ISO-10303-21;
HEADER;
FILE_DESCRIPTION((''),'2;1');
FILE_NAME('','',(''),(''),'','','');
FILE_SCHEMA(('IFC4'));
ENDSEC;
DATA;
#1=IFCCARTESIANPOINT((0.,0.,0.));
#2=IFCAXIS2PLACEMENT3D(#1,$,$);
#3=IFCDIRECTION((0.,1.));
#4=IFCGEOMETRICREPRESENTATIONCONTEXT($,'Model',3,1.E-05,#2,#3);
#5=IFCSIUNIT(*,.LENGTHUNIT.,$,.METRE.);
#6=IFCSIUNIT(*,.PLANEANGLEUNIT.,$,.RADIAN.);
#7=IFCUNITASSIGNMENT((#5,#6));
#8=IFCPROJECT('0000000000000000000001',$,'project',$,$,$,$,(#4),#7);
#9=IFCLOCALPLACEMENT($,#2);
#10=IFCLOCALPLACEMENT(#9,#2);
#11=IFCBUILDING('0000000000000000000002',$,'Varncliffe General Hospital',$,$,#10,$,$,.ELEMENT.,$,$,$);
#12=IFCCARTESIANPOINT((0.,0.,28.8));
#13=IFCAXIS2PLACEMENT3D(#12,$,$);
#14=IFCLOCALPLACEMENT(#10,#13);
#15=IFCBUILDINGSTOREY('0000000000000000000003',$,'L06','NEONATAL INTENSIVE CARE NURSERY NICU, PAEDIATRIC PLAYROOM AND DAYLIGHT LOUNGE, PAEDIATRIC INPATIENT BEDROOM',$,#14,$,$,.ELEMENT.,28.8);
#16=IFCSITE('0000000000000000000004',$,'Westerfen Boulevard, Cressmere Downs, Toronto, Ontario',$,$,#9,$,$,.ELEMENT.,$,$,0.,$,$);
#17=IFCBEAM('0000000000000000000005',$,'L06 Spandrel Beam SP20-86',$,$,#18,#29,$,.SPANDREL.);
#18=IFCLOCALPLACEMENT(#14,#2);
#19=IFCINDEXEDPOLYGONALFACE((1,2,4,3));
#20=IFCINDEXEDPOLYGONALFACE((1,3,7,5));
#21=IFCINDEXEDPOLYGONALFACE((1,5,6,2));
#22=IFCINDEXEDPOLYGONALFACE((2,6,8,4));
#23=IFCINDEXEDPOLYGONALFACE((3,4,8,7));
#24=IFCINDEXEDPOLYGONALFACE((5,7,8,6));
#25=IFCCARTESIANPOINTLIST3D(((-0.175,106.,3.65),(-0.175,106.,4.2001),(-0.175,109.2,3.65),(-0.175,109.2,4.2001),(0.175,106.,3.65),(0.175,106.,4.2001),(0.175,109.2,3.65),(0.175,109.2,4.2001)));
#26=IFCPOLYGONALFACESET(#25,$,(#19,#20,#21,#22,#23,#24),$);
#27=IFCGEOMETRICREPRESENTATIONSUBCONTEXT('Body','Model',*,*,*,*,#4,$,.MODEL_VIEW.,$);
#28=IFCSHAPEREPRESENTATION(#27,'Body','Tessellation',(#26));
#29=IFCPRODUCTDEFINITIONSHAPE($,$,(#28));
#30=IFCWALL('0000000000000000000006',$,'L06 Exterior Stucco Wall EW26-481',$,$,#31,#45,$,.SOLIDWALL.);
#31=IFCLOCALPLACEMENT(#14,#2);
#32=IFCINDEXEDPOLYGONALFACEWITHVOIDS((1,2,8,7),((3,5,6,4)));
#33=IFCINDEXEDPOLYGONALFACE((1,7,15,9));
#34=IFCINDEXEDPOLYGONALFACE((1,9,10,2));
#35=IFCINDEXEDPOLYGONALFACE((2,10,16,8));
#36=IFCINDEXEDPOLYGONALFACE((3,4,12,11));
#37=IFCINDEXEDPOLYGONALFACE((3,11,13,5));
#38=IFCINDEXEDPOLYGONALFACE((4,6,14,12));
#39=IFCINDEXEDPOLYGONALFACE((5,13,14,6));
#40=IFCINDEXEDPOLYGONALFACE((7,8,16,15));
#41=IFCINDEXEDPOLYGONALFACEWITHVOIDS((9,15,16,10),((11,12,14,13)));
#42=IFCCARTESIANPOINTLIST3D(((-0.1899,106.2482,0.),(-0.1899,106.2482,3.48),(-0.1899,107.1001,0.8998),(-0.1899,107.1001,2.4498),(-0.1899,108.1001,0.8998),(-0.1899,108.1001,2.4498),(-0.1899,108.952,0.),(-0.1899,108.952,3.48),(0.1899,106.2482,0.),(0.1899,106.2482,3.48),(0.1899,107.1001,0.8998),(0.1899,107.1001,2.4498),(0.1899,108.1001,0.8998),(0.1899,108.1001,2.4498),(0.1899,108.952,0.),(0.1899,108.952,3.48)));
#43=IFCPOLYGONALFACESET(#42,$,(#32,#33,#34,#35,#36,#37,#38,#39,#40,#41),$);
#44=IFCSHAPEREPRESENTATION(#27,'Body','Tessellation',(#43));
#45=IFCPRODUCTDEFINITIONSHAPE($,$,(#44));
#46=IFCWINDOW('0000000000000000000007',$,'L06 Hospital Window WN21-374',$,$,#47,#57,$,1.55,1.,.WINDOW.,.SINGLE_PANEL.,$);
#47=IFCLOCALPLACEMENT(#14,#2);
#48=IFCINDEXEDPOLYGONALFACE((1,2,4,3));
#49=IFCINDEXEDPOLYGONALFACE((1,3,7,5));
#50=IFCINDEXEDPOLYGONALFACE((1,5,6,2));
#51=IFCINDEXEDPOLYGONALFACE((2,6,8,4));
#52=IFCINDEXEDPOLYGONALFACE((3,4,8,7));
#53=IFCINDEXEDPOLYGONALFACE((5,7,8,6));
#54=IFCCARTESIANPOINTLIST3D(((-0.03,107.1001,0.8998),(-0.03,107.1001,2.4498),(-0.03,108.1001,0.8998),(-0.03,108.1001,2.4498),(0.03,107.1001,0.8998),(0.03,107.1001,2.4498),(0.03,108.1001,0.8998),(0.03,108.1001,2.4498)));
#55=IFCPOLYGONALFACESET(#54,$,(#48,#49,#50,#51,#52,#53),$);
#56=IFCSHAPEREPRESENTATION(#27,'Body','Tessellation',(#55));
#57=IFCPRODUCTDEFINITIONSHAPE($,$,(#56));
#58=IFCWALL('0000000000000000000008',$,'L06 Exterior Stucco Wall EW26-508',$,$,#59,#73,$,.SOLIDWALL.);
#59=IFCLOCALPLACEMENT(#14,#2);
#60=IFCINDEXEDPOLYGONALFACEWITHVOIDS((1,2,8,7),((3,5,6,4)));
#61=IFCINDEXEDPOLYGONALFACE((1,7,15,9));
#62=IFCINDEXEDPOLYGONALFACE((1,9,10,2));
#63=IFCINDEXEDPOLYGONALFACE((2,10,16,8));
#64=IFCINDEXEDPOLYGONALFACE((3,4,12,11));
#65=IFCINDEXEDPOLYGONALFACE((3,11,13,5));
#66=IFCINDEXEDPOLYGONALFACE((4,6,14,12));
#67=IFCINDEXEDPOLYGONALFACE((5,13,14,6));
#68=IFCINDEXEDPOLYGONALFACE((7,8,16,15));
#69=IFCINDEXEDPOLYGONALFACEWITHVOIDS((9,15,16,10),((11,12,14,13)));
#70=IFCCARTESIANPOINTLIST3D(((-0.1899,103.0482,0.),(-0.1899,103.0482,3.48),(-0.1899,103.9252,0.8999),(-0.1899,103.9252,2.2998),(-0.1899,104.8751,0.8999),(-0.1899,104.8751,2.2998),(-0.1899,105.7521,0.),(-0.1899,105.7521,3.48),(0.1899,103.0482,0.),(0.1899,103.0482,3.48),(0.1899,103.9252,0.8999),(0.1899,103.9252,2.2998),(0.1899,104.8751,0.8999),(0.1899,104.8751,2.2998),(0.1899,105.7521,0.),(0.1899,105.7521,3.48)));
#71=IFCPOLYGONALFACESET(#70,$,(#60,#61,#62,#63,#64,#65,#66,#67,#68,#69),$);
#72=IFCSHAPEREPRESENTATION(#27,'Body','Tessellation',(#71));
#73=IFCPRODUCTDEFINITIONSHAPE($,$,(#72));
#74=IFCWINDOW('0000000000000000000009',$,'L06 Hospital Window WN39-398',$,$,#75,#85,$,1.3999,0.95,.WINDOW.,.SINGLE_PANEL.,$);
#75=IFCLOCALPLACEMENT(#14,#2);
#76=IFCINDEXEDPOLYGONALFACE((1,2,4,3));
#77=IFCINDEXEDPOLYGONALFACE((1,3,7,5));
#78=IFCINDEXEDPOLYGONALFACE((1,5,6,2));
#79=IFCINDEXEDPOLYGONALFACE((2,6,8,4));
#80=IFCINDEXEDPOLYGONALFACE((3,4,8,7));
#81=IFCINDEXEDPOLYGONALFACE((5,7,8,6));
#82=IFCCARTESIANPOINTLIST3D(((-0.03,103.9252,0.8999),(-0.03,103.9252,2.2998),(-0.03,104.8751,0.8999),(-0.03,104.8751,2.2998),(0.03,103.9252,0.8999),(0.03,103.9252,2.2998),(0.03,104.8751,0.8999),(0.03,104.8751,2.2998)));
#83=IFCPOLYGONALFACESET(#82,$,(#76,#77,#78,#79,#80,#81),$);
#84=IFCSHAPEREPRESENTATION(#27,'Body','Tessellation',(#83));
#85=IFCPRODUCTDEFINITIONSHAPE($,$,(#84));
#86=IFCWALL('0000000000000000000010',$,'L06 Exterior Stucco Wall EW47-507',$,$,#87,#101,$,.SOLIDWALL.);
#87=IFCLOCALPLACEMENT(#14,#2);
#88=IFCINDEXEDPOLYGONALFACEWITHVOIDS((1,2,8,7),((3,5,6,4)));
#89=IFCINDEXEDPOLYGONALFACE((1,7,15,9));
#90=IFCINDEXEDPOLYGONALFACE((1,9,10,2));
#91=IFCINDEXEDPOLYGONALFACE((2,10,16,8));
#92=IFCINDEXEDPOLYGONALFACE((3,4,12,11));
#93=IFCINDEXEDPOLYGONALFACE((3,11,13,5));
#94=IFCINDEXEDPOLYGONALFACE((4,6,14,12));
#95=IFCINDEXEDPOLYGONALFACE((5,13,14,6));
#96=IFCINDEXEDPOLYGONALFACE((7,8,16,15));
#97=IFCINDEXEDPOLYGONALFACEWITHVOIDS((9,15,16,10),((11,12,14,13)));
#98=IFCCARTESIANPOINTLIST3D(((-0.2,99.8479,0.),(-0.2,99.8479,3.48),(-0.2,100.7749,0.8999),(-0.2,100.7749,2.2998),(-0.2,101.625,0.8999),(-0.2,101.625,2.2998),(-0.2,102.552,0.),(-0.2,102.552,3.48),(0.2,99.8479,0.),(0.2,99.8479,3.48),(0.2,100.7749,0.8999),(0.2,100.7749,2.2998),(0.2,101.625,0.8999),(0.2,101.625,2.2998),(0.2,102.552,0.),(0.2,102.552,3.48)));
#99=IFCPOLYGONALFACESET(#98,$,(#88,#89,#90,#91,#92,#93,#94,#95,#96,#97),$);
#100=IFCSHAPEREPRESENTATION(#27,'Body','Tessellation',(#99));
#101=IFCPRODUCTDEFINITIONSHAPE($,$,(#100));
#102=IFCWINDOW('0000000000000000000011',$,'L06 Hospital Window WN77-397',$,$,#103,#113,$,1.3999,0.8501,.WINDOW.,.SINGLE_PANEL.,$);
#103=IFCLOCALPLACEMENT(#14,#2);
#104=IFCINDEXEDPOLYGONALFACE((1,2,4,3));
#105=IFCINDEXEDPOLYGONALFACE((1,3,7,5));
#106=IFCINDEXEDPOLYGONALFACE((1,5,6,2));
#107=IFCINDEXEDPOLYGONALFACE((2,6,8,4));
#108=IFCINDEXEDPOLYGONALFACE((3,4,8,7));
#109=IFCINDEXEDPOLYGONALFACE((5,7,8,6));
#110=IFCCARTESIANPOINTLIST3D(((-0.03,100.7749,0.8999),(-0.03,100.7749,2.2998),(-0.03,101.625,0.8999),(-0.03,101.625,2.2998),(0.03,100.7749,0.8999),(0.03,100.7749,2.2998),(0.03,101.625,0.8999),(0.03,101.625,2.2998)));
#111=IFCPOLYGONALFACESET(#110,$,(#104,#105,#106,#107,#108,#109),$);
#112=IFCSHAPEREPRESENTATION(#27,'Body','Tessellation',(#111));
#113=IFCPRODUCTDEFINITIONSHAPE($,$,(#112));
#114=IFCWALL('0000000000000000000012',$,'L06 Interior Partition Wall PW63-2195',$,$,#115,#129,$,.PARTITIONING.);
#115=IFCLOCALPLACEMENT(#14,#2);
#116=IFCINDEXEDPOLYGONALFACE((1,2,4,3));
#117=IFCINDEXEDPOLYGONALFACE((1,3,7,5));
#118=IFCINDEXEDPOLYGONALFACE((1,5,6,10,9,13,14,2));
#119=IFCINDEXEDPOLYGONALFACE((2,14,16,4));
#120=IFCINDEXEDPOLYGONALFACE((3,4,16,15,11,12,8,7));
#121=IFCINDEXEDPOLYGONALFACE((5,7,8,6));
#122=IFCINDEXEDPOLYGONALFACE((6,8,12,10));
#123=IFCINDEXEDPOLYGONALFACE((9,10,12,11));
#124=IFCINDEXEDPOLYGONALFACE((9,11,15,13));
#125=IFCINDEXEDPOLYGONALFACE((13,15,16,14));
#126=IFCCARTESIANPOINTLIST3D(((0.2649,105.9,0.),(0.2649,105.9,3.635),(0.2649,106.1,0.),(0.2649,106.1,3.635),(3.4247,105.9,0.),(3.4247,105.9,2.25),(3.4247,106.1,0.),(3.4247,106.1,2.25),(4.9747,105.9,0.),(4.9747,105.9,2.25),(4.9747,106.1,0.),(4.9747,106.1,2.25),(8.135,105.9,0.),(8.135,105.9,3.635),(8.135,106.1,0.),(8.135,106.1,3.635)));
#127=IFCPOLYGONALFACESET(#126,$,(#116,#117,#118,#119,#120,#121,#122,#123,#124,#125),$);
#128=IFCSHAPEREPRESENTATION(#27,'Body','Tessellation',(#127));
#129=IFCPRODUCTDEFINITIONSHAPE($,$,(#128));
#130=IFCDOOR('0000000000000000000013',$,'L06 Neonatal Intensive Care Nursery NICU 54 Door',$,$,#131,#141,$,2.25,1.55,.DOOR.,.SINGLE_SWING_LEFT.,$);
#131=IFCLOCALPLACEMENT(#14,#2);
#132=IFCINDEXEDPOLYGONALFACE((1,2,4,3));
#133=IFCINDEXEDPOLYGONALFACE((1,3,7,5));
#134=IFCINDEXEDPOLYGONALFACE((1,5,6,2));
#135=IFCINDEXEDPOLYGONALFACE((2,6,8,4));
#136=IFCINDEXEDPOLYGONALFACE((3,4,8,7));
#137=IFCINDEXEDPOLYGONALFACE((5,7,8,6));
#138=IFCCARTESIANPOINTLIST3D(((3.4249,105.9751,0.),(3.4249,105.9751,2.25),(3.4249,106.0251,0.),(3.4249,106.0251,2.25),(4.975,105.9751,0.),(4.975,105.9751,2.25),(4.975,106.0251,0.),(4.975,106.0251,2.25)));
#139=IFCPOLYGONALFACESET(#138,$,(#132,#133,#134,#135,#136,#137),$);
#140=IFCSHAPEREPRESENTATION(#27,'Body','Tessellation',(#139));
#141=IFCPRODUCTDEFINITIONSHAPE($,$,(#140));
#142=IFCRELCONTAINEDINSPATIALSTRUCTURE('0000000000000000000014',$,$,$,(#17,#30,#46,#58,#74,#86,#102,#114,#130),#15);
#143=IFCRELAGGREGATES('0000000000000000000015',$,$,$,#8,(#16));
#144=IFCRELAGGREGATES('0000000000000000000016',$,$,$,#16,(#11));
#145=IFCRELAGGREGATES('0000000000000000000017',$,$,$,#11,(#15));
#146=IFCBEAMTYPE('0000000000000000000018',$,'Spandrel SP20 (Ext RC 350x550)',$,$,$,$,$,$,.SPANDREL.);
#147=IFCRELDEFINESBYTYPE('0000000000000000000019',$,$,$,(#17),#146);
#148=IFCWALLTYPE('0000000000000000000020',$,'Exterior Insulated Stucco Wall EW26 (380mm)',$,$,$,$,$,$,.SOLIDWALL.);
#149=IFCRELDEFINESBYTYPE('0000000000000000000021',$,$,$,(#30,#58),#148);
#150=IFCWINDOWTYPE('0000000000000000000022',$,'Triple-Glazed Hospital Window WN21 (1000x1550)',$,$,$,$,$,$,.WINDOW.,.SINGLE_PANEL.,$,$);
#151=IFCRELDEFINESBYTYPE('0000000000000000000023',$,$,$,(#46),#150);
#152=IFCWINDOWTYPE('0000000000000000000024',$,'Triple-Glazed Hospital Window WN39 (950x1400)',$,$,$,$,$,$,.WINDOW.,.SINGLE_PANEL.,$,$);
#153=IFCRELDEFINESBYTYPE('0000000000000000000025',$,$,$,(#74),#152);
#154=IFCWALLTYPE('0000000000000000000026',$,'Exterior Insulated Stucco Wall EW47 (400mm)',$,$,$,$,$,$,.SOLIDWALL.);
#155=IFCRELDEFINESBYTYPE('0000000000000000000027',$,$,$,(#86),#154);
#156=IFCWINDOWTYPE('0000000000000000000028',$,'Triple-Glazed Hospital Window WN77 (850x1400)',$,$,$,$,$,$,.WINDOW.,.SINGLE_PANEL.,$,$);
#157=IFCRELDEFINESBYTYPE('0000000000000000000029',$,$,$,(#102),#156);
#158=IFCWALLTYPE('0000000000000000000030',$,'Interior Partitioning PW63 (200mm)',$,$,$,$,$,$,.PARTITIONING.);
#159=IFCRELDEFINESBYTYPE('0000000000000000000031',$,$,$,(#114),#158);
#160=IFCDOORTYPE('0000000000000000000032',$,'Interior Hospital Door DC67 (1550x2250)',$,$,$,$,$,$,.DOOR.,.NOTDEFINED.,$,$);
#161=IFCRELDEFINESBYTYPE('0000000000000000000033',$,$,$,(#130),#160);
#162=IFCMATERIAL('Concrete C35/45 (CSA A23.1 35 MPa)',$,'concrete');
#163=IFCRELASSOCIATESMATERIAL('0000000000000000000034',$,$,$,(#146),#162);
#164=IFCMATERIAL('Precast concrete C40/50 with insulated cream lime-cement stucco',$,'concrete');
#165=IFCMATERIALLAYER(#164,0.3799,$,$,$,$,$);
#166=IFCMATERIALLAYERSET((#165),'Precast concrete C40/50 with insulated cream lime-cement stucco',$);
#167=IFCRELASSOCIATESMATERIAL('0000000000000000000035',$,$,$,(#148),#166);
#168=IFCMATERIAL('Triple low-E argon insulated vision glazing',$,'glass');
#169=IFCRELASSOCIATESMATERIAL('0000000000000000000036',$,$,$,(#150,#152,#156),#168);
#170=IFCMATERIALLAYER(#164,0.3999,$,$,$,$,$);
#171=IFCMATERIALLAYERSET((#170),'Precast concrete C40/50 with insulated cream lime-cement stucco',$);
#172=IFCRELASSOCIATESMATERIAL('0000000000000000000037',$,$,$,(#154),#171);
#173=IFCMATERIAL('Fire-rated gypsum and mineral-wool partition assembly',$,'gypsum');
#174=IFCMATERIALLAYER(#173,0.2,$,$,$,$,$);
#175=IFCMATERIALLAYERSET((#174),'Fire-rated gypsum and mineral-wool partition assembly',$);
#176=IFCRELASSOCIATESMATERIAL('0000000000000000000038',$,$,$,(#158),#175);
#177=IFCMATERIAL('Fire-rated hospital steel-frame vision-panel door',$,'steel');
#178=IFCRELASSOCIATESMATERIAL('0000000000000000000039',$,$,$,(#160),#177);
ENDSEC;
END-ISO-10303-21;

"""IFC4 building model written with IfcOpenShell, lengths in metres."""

from ifc_helpers import new_model, si_unit, direction, frame, frame_2d, origin, origin_2d, place, context, subcontext, project, spatial, rectangle, extrude, material, layer, layer_set, material_profile, profile_set, type_object, element, fill, save


model = new_model("IFC4")

# Units and contexts
model_context = context("Model", 3, precision=1e-05, world=origin(), true_north=direction((0.0, 1.0)))
body_context = subcontext(model_context, "Body", "Model", "MODEL_VIEW")
ifc_project = project(units=[si_unit("LENGTHUNIT", "METRE"), si_unit("PLANEANGLEUNIT", "RADIAN")], contexts=[model_context])

# Site, building, storey
site_placement = place(None, origin())
site = spatial("IfcSite", under=ifc_project, at=site_placement, Name="Westerfen Boulevard, Cressmere Downs, Toronto, Ontario", CompositionType="ELEMENT", RefElevation=0.0)
building_placement = place(site_placement, origin())
building = spatial("IfcBuilding", under=site, at=building_placement, Name="Varncliffe General Hospital", CompositionType="ELEMENT")
storey_placement = place(building_placement, frame((0.0, 0.0, 28.8)))
storey = spatial("IfcBuildingStorey", under=building, at=storey_placement, Name="L06", Description="NEONATAL INTENSIVE CARE NURSERY NICU, PAEDIATRIC PLAYROOM AND DAYLIGHT LOUNGE, PAEDIATRIC INPATIENT BEDROOM", CompositionType="ELEMENT", Elevation=28.8)

# Beam
ifc_material_1 = material(Name="Concrete C35/45 (CSA A23.1 35 MPa)", Category="concrete")
ifc_material_profile_1 = material_profile(ifc_material_1, rectangle(XDim=0.3501, YDim=0.55, at=origin_2d()), Name="RC 350x550")
ifc_profile_set_1 = profile_set([ifc_material_profile_1], Name="Concrete C35/45 (CSA A23.1 35 MPa)")
beam_type_1 = type_object("IfcBeamType", Name="Spandrel SP20 (Ext RC 350x550)", PredefinedType="SPANDREL", material=ifc_profile_set_1)
for number, where, z_axis, x_axis, name in (
    (1, (0.0, 106.0, 3.925), (0.0, 1.0, 0.0), (-1.0, 0.0, 0.0), "L06 Spandrel Beam SP20-86"),
):
    element("IfcBeam", number, at=place(storey_placement, frame(where, z_axis=z_axis, x_axis=x_axis)), inside=storey, type_object=beam_type_1, Name=name, PredefinedType="SPANDREL", context=body_context, shape_type="SweptSolid", body=[
        extrude(rectangle(XDim=0.3501, YDim=0.55, at=origin_2d()), origin(), (0.0, 0.0, 1.0), 3.2),
    ])

# Walls, openings, windows
ifc_material_2 = material(Name="Precast concrete C40/50 with insulated cream lime-cement stucco", Category="concrete")
ifc_layer_1 = layer(ifc_material_2, 0.3799)
ifc_layer_set_1 = layer_set([ifc_layer_1], Name="Precast concrete C40/50 with insulated cream lime-cement stucco")
wall_type_1 = type_object("IfcWallType", Name="Exterior Insulated Stucco Wall EW26 (380mm)", PredefinedType="SOLIDWALL", material=ifc_layer_set_1)
wall_1_placement = place(storey_placement, frame((0.0, 106.248, 0.0), z_axis=(0.0, 0.0, 1.0), x_axis=(0.0, 1.0, 0.0)))
wall_1 = element("IfcWall", 2, at=wall_1_placement, inside=storey, type_object=wall_type_1, Name="L06 Exterior Stucco Wall EW26-481", PredefinedType="SOLIDWALL", context=body_context, shape_type="SweptSolid", body=[
    extrude(rectangle(XDim=2.7039, YDim=0.3799, at=frame_2d((1.3521, 0.0))), origin(), (0.0, 0.0, 1.0), 3.48),
])
opening_1_placement = place(wall_1_placement, frame((0.8521, 0.0, 0.8999)))
opening_1 = element("IfcOpeningElement", 3, at=opening_1_placement, cuts=wall_1, PredefinedType="OPENING", context=body_context, shape_type="SweptSolid", body=[
    extrude(rectangle(XDim=1.0, YDim=1.55, at=frame_2d((0.5, 0.7749))), frame((0.0, 0.2, 0.0), z_axis=(0.0, -1.0, 0.0), x_axis=(1.0, 0.0, 0.0)), (0.0, 0.0, 1.0), 0.3999),
])
ifc_material_3 = material(Name="Triple low-E argon insulated vision glazing", Category="glass")
window_type_1 = type_object("IfcWindowType", Name="Triple-Glazed Hospital Window WN21 (1000x1550)", PartitioningType="SINGLE_PANEL", PredefinedType="WINDOW", material=ifc_material_3)
window_1_placement = place(opening_1_placement, origin())
window_1 = element("IfcWindow", 4, at=window_1_placement, inside=storey, type_object=window_type_1, Name="L06 Hospital Window WN21-374", OverallHeight=1.55, OverallWidth=1.0, PartitioningType="SINGLE_PANEL", PredefinedType="WINDOW", context=body_context, shape_type="SweptSolid", body=[
    extrude(rectangle(XDim=1.0, YDim=1.55, at=frame_2d((0.5, 0.7749))), frame((0.0, 0.03, 0.0), z_axis=(0.0, -1.0, 0.0), x_axis=(1.0, 0.0, 0.0)), (0.0, 0.0, 1.0), 0.0601),
])
fill(opening_1, window_1)
wall_2_placement = place(storey_placement, frame((0.0, 103.0481, 0.0), z_axis=(0.0, 0.0, 1.0), x_axis=(0.0, 1.0, 0.0)))
wall_2 = element("IfcWall", 5, at=wall_2_placement, inside=storey, type_object=wall_type_1, Name="L06 Exterior Stucco Wall EW26-508", PredefinedType="SOLIDWALL", context=body_context, shape_type="SweptSolid", body=[
    extrude(rectangle(XDim=2.7039, YDim=0.3799, at=frame_2d((1.3521, 0.0))), origin(), (0.0, 0.0, 1.0), 3.48),
])
opening_2_placement = place(wall_2_placement, frame((0.877, 0.0, 0.8999)))
opening_2 = element("IfcOpeningElement", 6, at=opening_2_placement, cuts=wall_2, PredefinedType="OPENING", context=body_context, shape_type="SweptSolid", body=[
    extrude(rectangle(XDim=0.95, YDim=1.3999, at=frame_2d((0.4751, 0.7))), frame((0.0, 0.2, 0.0), z_axis=(0.0, -1.0, 0.0), x_axis=(1.0, 0.0, 0.0)), (0.0, 0.0, 1.0), 0.3999),
])
window_type_2 = type_object("IfcWindowType", Name="Triple-Glazed Hospital Window WN39 (950x1400)", PartitioningType="SINGLE_PANEL", PredefinedType="WINDOW", material=ifc_material_3)
window_2_placement = place(opening_2_placement, origin())
window_2 = element("IfcWindow", 7, at=window_2_placement, inside=storey, type_object=window_type_2, Name="L06 Hospital Window WN39-398", OverallHeight=1.3999, OverallWidth=0.95, PartitioningType="SINGLE_PANEL", PredefinedType="WINDOW", context=body_context, shape_type="SweptSolid", body=[
    extrude(rectangle(XDim=0.95, YDim=1.3999, at=frame_2d((0.4751, 0.7))), frame((0.0, 0.03, 0.0), z_axis=(0.0, -1.0, 0.0), x_axis=(1.0, 0.0, 0.0)), (0.0, 0.0, 1.0), 0.0601),
])
fill(opening_2, window_2)
ifc_layer_2 = layer(ifc_material_2, 0.3999)
ifc_layer_set_2 = layer_set([ifc_layer_2], Name="Precast concrete C40/50 with insulated cream lime-cement stucco")
wall_type_2 = type_object("IfcWallType", Name="Exterior Insulated Stucco Wall EW47 (400mm)", PredefinedType="SOLIDWALL", material=ifc_layer_set_2)
wall_3_placement = place(storey_placement, frame((0.0, 99.8479, 0.0), z_axis=(0.0, 0.0, 1.0), x_axis=(0.0, 1.0, 0.0)))
wall_3 = element("IfcWall", 8, at=wall_3_placement, inside=storey, type_object=wall_type_2, Name="L06 Exterior Stucco Wall EW47-507", PredefinedType="SOLIDWALL", context=body_context, shape_type="SweptSolid", body=[
    extrude(rectangle(XDim=2.7041, YDim=0.3999, at=frame_2d((1.3521, 0.0))), origin(), (0.0, 0.0, 1.0), 3.48),
])
opening_3_placement = place(wall_3_placement, frame((0.927, 0.0, 0.8999)))
opening_3 = element("IfcOpeningElement", 9, at=opening_3_placement, cuts=wall_3, PredefinedType="OPENING", context=body_context, shape_type="SweptSolid", body=[
    extrude(rectangle(XDim=0.8501, YDim=1.3999, at=frame_2d((0.425, 0.7))), frame((0.0, 0.21, 0.0), z_axis=(0.0, -1.0, 0.0), x_axis=(1.0, 0.0, 0.0)), (0.0, 0.0, 1.0), 0.4199),
])
window_type_3 = type_object("IfcWindowType", Name="Triple-Glazed Hospital Window WN77 (850x1400)", PartitioningType="SINGLE_PANEL", PredefinedType="WINDOW", material=ifc_material_3)
window_3_placement = place(opening_3_placement, origin())
window_3 = element("IfcWindow", 10, at=window_3_placement, inside=storey, type_object=window_type_3, Name="L06 Hospital Window WN77-397", OverallHeight=1.3999, OverallWidth=0.8501, PartitioningType="SINGLE_PANEL", PredefinedType="WINDOW", context=body_context, shape_type="SweptSolid", body=[
    extrude(rectangle(XDim=0.8501, YDim=1.3999, at=frame_2d((0.425, 0.7))), frame((0.0, 0.03, 0.0), z_axis=(0.0, -1.0, 0.0), x_axis=(1.0, 0.0, 0.0)), (0.0, 0.0, 1.0), 0.0601),
])
fill(opening_3, window_3)

# Wall, opening, door
ifc_material_4 = material(Name="Fire-rated gypsum and mineral-wool partition assembly", Category="gypsum")
ifc_layer_3 = layer(ifc_material_4, 0.2)
ifc_layer_set_3 = layer_set([ifc_layer_3], Name="Fire-rated gypsum and mineral-wool partition assembly")
wall_type_3 = type_object("IfcWallType", Name="Interior Partitioning PW63 (200mm)", PredefinedType="PARTITIONING", material=ifc_layer_set_3)
wall_4_placement = place(storey_placement, frame((0.2649, 106.0, 0.0), z_axis=(0.0, 0.0, 1.0), x_axis=(1.0, 0.0, 0.0)))
wall_4 = element("IfcWall", 11, at=wall_4_placement, inside=storey, type_object=wall_type_3, Name="L06 Interior Partition Wall PW63-2195", PredefinedType="PARTITIONING", context=body_context, shape_type="SweptSolid", body=[
    extrude(rectangle(XDim=7.8701, YDim=0.2, at=frame_2d((3.9351, 0.0))), origin(), (0.0, 0.0, 1.0), 3.635),
])
opening_4_placement = place(wall_4_placement, frame((3.1599, 0.0, 0.0)))
opening_4 = element("IfcOpeningElement", 12, at=opening_4_placement, cuts=wall_4, PredefinedType="OPENING", context=body_context, shape_type="SweptSolid", body=[
    extrude(rectangle(XDim=1.55, YDim=2.25, at=frame_2d((0.7749, 1.125))), frame((0.0, 0.1099, 0.0), z_axis=(0.0, -1.0, 0.0), x_axis=(1.0, 0.0, 0.0)), (0.0, 0.0, 1.0), 0.22),
])
ifc_material_5 = material(Name="Fire-rated hospital steel-frame vision-panel door", Category="steel")
door_type = type_object("IfcDoorType", Name="Interior Hospital Door DC67 (1550x2250)", OperationType="NOTDEFINED", PredefinedType="DOOR", material=ifc_material_5)
door_placement = place(opening_4_placement, frame((1.55, 0.0, 0.0), z_axis=(0.0, 0.0, 1.0), x_axis=(-1.0, 0.0, 0.0)))
door = element("IfcDoor", 13, at=door_placement, inside=storey, type_object=door_type, Name="L06 Neonatal Intensive Care Nursery NICU 54 Door", OperationType="SINGLE_SWING_LEFT", OverallHeight=2.25, OverallWidth=1.55, PredefinedType="DOOR", context=body_context, shape_type="SweptSolid", body=[
    extrude(rectangle(XDim=1.55, YDim=2.25, at=frame_2d((0.7749, 1.125))), frame((0.0, 0.0249, 0.0), z_axis=(0.0, -1.0, 0.0), x_axis=(1.0, 0.0, 0.0)), (0.0, 0.0, 1.0), 0.05),
])
fill(opening_4, door)

save(model, "model.ifc")
